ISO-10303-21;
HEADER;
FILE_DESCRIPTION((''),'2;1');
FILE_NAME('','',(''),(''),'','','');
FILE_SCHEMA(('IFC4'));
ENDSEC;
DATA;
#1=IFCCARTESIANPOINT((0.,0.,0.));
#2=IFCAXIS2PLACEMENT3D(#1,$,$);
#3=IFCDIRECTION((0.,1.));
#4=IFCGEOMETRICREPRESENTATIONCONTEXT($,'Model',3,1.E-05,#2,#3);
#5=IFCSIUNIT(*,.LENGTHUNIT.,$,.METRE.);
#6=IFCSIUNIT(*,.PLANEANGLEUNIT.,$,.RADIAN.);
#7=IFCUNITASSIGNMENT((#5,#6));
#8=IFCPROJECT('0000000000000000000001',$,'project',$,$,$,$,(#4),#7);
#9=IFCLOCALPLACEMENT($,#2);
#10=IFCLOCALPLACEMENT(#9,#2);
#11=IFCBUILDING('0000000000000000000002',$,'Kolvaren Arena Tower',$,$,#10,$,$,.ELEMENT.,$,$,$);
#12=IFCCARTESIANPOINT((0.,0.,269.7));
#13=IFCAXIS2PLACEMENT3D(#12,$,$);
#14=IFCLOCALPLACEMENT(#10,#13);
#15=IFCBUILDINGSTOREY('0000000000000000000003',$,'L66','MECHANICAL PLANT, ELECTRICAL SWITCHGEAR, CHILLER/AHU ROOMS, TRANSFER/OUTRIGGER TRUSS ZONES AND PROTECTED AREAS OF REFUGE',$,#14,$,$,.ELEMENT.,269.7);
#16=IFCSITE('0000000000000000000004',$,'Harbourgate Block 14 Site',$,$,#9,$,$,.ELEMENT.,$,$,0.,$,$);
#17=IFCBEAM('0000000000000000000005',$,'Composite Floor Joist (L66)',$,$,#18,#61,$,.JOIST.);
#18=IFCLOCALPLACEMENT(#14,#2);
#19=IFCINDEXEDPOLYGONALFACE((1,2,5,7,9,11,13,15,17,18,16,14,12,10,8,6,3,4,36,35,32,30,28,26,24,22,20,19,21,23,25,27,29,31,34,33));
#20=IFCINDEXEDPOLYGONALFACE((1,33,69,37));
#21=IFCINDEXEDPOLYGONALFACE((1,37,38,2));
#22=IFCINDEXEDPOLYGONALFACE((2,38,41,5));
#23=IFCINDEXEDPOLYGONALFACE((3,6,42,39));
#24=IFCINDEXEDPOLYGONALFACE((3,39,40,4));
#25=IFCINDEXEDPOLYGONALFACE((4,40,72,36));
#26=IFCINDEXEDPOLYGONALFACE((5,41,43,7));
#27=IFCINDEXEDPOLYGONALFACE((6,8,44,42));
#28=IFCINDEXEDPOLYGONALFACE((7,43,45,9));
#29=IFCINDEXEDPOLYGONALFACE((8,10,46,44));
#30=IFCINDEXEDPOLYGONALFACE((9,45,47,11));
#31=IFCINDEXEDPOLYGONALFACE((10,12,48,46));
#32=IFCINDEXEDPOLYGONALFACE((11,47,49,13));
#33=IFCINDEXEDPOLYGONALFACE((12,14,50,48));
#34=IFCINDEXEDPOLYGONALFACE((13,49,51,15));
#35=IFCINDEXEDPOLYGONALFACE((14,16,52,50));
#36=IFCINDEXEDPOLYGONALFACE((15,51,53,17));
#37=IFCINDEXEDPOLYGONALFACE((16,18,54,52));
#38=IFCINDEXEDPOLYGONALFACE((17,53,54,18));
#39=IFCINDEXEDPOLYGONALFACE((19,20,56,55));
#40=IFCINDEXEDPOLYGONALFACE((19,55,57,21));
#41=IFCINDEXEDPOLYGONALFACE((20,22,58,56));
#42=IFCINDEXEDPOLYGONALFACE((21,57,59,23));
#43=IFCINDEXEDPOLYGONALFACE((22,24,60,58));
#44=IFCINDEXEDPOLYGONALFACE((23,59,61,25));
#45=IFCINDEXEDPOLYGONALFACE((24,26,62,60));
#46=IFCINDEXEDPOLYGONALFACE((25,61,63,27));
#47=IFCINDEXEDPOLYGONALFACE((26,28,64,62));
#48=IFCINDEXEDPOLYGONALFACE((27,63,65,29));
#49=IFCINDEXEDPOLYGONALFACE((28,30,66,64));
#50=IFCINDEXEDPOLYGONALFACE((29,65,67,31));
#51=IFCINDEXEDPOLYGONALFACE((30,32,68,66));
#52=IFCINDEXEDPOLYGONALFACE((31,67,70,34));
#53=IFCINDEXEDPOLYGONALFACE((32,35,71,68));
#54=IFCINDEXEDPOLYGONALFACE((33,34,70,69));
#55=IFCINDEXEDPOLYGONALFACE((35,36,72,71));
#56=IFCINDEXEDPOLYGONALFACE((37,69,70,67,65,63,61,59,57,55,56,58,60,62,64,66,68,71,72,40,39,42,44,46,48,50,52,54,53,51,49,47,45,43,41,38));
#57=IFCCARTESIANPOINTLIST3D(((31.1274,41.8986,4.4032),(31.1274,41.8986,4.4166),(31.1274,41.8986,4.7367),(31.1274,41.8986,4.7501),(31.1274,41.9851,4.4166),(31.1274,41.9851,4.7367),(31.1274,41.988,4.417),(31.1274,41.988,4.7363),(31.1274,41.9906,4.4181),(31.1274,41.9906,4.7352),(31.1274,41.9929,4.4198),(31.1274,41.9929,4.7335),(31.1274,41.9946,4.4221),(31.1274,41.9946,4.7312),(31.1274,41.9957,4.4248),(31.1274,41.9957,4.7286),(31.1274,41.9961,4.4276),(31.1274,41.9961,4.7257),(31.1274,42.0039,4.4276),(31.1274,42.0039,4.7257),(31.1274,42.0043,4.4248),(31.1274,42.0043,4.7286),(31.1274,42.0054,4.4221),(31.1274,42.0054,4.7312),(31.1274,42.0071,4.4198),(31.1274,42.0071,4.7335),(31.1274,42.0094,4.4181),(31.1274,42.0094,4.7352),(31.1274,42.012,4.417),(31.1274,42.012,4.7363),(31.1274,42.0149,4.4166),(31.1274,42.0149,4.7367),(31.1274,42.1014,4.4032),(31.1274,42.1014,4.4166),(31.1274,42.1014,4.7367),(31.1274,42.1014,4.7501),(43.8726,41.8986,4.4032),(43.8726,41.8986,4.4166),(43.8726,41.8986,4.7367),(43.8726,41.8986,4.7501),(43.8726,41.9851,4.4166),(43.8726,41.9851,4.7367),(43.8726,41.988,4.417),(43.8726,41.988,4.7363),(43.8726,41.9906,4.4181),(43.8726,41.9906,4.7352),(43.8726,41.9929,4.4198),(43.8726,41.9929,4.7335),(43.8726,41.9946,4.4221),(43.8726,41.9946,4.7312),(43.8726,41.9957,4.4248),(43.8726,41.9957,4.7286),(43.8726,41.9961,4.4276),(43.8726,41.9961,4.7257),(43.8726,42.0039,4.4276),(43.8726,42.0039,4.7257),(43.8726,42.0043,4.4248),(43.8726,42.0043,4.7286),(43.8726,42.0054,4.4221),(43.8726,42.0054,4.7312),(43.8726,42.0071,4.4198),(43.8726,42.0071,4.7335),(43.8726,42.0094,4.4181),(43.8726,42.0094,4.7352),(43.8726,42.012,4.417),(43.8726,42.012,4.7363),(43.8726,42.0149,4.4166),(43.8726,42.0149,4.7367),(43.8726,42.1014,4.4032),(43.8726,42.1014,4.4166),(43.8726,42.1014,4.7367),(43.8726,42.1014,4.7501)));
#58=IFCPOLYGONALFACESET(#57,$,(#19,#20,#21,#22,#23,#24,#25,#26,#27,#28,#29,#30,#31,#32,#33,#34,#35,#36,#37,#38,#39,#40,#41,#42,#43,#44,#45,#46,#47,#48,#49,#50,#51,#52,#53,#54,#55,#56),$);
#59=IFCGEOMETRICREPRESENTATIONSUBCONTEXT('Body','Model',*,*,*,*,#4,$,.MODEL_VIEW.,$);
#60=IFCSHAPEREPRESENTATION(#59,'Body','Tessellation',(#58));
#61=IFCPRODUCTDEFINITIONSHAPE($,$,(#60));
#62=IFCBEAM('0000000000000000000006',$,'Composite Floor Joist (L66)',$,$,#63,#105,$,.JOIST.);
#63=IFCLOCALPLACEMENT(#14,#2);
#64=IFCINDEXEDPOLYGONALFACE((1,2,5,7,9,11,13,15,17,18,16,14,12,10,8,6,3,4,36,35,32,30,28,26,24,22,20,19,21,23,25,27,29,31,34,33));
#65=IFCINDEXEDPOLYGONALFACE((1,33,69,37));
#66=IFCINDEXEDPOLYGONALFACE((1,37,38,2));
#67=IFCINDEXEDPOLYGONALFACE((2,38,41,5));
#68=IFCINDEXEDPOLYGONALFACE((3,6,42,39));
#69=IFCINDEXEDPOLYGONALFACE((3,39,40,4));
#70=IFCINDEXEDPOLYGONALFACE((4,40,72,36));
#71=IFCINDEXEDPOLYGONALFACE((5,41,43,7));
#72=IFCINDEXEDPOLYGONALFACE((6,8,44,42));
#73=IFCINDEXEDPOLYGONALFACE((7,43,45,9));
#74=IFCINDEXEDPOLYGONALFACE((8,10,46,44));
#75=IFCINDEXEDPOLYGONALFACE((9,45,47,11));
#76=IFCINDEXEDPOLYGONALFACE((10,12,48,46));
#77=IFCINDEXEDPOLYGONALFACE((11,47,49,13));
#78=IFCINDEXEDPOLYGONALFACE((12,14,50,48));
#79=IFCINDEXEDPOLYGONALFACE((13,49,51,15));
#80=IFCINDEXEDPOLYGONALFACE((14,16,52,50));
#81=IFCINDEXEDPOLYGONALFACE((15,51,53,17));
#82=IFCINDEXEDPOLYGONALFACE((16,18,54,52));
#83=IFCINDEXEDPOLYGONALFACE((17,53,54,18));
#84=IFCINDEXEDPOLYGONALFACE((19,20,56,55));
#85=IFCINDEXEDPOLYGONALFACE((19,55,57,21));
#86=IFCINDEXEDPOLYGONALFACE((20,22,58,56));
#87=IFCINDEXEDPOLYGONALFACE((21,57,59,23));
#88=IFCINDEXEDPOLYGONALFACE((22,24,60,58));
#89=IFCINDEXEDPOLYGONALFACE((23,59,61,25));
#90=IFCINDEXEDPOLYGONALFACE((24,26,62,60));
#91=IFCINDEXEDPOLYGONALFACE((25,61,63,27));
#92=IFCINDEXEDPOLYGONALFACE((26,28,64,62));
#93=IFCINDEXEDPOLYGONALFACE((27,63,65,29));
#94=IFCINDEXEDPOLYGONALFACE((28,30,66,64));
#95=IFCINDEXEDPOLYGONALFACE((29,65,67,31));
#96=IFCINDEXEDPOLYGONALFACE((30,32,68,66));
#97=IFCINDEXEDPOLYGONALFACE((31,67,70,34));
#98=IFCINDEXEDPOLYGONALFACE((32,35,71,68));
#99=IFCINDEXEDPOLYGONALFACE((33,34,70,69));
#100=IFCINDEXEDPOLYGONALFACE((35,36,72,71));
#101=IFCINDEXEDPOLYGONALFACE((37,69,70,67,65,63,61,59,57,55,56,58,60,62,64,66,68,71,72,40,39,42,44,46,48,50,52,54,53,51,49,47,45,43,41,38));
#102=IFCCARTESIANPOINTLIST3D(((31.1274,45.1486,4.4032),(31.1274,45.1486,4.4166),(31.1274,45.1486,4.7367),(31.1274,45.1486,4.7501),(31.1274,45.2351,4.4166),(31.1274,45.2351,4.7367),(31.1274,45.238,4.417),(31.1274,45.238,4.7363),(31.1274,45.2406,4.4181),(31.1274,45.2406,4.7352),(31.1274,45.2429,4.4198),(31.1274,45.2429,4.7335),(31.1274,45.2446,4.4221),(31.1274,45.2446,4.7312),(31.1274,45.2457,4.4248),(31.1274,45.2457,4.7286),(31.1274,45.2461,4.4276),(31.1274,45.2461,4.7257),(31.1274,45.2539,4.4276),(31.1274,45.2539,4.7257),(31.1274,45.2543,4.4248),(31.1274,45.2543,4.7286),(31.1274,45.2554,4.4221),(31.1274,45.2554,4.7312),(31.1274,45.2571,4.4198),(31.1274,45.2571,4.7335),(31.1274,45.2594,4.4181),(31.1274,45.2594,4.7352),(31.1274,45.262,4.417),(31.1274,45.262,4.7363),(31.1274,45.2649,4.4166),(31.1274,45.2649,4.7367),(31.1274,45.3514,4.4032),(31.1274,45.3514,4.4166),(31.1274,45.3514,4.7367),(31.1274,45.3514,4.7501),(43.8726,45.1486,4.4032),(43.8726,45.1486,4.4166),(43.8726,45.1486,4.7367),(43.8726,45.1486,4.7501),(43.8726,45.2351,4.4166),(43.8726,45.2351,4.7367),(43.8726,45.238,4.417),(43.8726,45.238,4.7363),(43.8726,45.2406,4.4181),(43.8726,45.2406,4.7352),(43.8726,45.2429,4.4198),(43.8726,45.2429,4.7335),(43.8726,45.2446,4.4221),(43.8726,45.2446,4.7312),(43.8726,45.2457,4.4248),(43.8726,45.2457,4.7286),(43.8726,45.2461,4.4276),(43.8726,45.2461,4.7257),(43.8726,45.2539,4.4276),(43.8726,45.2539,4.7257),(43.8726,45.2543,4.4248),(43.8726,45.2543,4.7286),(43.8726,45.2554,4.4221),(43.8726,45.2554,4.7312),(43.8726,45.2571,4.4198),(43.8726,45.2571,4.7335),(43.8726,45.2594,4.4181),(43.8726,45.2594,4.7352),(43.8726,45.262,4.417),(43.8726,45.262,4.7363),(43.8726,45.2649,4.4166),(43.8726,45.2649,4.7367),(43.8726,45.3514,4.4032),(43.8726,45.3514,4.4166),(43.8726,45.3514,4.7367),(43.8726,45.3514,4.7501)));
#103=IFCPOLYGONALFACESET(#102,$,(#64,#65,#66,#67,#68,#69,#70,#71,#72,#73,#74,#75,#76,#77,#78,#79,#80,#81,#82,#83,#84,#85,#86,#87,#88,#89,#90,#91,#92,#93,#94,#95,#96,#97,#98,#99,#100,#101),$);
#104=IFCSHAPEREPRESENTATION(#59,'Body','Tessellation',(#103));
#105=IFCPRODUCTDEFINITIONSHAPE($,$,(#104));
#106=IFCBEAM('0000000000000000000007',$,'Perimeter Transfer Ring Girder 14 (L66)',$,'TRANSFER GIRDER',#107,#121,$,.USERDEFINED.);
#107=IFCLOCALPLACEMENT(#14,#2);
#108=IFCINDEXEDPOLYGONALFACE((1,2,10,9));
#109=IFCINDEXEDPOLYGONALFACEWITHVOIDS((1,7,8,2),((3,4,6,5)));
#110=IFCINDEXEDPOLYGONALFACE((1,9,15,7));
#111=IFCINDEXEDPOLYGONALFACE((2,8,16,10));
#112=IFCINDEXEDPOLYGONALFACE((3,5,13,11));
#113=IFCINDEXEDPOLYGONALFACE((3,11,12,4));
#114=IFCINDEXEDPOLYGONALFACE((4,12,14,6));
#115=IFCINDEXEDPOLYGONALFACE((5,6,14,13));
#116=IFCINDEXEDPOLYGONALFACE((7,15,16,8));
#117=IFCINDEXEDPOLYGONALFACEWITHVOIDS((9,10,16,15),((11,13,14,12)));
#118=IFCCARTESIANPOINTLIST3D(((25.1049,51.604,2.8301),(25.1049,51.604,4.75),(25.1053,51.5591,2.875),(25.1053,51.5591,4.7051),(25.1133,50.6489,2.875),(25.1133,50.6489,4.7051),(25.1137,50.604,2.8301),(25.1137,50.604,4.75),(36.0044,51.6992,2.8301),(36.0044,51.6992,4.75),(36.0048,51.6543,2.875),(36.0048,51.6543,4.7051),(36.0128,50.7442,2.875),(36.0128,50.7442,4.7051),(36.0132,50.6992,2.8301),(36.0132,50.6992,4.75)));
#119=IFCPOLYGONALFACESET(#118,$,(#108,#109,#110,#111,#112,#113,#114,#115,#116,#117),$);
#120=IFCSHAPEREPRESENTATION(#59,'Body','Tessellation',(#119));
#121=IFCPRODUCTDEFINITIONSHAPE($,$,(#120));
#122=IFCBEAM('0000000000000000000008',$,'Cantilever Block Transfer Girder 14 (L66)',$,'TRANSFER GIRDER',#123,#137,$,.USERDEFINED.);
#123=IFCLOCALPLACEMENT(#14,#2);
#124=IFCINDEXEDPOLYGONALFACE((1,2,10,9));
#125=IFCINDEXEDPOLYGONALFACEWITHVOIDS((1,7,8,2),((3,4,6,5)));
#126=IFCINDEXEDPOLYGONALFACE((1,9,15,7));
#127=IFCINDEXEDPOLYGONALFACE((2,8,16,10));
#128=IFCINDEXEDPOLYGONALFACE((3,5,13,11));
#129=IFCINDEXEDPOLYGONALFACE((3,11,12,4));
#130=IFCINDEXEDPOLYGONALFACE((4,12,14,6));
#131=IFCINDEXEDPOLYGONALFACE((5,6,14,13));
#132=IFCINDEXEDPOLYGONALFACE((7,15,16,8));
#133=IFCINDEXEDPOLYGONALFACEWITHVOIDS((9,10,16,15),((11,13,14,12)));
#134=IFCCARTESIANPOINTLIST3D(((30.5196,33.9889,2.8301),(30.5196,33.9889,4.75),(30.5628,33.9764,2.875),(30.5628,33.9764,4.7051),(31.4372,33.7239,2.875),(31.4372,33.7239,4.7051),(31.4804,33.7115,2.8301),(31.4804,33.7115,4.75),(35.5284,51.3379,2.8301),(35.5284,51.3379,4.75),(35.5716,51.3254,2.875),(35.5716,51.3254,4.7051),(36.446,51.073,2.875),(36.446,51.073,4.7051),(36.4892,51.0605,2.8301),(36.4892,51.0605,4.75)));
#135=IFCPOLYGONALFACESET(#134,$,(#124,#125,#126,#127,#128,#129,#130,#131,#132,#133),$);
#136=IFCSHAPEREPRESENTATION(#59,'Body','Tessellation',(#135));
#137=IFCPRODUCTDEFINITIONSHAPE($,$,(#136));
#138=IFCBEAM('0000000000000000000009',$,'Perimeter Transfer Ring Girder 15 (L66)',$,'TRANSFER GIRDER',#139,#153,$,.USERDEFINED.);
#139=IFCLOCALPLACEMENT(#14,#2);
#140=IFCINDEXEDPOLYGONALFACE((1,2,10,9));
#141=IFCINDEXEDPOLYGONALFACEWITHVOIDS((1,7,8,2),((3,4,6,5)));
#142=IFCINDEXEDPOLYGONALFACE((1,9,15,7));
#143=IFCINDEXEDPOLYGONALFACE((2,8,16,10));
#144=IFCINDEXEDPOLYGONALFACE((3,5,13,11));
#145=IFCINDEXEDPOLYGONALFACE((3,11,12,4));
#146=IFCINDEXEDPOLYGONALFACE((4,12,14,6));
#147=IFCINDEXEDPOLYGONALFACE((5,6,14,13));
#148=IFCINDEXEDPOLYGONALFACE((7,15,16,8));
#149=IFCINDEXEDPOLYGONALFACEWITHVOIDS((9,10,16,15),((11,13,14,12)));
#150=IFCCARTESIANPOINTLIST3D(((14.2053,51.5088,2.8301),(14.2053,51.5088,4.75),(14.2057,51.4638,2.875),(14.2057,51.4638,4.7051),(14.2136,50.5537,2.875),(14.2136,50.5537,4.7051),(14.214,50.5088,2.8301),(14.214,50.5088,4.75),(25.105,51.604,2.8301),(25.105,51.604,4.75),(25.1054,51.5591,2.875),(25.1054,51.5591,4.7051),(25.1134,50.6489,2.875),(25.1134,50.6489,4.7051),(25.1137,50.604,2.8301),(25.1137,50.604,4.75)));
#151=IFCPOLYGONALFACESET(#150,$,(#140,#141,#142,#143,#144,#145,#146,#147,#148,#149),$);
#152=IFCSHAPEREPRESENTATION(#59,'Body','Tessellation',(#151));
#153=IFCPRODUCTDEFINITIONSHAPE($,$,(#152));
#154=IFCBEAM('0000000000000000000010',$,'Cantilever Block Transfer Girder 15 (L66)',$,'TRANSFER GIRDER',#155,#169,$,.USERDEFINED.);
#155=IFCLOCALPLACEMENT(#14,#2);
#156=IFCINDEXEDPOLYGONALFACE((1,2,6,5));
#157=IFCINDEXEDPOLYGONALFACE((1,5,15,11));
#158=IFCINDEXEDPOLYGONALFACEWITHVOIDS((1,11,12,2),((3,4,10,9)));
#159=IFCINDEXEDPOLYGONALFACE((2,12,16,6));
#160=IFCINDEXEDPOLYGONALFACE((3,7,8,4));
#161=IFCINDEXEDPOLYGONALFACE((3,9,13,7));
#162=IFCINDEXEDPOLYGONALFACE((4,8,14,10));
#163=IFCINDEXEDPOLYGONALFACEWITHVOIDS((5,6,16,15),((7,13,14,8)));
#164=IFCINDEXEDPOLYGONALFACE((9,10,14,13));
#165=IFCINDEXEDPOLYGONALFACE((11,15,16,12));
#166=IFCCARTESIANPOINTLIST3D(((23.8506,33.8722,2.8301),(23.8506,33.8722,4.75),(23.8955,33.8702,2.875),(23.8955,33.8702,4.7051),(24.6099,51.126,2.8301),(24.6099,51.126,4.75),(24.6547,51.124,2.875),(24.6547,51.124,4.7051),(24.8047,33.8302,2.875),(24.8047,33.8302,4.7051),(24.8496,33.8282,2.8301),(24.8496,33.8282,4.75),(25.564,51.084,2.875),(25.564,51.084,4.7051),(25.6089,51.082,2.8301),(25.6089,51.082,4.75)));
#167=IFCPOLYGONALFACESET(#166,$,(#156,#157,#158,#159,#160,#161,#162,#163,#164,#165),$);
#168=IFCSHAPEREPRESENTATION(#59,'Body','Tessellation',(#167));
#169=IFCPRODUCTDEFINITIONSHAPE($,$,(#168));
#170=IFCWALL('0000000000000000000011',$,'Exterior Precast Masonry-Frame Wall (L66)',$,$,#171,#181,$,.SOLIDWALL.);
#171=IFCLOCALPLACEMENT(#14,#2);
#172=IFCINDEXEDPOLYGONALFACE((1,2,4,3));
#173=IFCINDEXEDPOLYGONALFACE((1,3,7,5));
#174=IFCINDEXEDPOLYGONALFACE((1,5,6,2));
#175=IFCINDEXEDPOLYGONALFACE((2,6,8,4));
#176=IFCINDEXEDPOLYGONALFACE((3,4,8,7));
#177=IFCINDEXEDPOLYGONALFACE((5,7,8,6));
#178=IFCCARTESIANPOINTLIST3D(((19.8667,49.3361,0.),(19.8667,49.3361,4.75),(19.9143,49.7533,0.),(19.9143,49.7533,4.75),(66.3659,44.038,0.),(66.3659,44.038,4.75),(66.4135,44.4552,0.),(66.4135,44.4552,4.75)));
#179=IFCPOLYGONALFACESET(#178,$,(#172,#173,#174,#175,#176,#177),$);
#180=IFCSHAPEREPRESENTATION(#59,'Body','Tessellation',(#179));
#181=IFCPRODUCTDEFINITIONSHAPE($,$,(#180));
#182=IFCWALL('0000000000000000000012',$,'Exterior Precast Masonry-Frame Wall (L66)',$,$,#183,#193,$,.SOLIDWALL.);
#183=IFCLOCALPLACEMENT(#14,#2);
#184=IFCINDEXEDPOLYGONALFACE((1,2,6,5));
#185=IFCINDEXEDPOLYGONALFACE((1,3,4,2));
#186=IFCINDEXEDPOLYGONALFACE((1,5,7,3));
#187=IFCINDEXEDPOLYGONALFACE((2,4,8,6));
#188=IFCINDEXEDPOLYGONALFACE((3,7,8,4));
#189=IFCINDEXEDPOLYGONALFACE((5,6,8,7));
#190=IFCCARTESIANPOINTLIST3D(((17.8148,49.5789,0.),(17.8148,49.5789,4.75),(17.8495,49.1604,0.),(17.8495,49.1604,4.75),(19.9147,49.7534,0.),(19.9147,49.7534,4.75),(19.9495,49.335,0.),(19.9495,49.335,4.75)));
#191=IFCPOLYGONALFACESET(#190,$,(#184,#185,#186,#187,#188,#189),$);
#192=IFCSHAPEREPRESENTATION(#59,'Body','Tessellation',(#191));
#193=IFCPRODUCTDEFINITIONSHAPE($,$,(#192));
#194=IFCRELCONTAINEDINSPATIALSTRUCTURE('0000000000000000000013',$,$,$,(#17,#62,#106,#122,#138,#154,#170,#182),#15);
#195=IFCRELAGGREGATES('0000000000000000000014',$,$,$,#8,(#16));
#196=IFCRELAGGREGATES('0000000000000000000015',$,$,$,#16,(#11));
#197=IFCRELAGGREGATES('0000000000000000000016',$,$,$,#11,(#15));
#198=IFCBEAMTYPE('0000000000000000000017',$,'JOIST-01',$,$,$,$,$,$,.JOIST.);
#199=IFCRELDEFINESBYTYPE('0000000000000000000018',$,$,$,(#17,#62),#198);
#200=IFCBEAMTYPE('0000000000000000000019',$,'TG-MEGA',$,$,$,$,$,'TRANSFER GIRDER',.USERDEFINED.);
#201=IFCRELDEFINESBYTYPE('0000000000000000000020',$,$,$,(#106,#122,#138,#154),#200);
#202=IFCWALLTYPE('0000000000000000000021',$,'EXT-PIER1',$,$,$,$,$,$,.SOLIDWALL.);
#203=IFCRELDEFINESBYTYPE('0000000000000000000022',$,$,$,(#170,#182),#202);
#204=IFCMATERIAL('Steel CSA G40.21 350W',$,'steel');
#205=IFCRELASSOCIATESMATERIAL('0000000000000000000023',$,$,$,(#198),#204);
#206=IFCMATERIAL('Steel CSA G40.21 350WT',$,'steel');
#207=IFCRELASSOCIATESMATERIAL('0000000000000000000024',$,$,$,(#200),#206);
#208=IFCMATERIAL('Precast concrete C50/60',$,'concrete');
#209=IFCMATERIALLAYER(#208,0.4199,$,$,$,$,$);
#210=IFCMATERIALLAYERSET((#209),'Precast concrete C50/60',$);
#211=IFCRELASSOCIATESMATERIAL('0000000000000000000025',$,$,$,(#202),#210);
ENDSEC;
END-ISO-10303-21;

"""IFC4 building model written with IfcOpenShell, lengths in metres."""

from ifc_helpers import new_model, si_unit, direction, frame, frame_2d, origin, origin_2d, place, context, subcontext, project, spatial, rectangle, hollow_rectangle, i_section, extrude, material, layer, layer_set, material_profile, profile_set, type_object, element, save


model = new_model("IFC4")

# Units and contexts
model_context = context("Model", 3, precision=1e-05, world=origin(), true_north=direction((0.0, 1.0)))
body_context = subcontext(model_context, "Body", "Model", "MODEL_VIEW")
ifc_project = project(units=[si_unit("LENGTHUNIT", "METRE"), si_unit("PLANEANGLEUNIT", "RADIAN")], contexts=[model_context])

# Site, building, storey
site_placement = place(None, origin())
site = spatial("IfcSite", under=ifc_project, at=site_placement, Name="Harbourgate Block 14 Site", CompositionType="ELEMENT", RefElevation=0.0)
building_placement = place(site_placement, origin())
building = spatial("IfcBuilding", under=site, at=building_placement, Name="Kolvaren Arena Tower", CompositionType="ELEMENT")
storey_placement = place(building_placement, frame((0.0, 0.0, 269.7)))
storey = spatial("IfcBuildingStorey", under=building, at=storey_placement, Name="L66", Description="MECHANICAL PLANT, ELECTRICAL SWITCHGEAR, CHILLER/AHU ROOMS, TRANSFER/OUTRIGGER TRUSS ZONES AND PROTECTED AREAS OF REFUGE", CompositionType="ELEMENT", Elevation=269.7)

# Beams
ifc_material_1 = material(Name="Steel CSA G40.21 350W", Category="steel")
ifc_material_profile_1 = material_profile(ifc_material_1, i_section(OverallWidth=0.2029, OverallDepth=0.3469, WebThickness=0.0078, FlangeThickness=0.0134, FilletRadius=0.011, at=origin_2d()), Name="W360x64")
ifc_profile_set_1 = profile_set([ifc_material_profile_1], Name="Steel CSA G40.21 350W")
beam_type_1 = type_object("IfcBeamType", Name="JOIST-01", PredefinedType="JOIST", material=ifc_profile_set_1)
for number, where, z_axis, x_axis, name in (
    (1, (31.1274, 42.0, 4.5767), (1.0, 0.0, 0.0), (0.0, 1.0, 0.0), "Composite Floor Joist (L66)"),
    (2, (31.1274, 45.25, 4.5767), (1.0, 0.0, 0.0), (0.0, 1.0, 0.0), "Composite Floor Joist (L66)"),
):
    element("IfcBeam", number, at=place(storey_placement, frame(where, z_axis=z_axis, x_axis=x_axis)), inside=storey, type_object=beam_type_1, Name=name, PredefinedType="JOIST", context=body_context, shape_type="SweptSolid", body=[
        extrude(i_section(OverallWidth=0.2029, OverallDepth=0.3469, WebThickness=0.0078, FlangeThickness=0.0134, FilletRadius=0.011, at=origin_2d()), origin(), (0.0, 0.0, 1.0), 12.7451),
    ])
ifc_material_2 = material(Name="Steel CSA G40.21 350WT", Category="steel")
ifc_material_profile_2 = material_profile(ifc_material_2, hollow_rectangle(XDim=1.0, YDim=1.9199, WallThickness=0.0449, at=origin_2d()), Name="BOX 1000x1920x45")
ifc_profile_set_2 = profile_set([ifc_material_profile_2], Name="Steel CSA G40.21 350WT")
beam_type_2 = type_object("IfcBeamType", Name="TG-MEGA", ElementType="TRANSFER GIRDER", PredefinedType="USERDEFINED", material=ifc_profile_set_2)
beam_1_placement = place(storey_placement, frame((36.0088, 51.1992, 3.79), z_axis=(-0.999962, -0.008735, 0.0), x_axis=(0.008735, -0.999962, 0.0)))
element("IfcBeam", 3, at=beam_1_placement, inside=storey, type_object=beam_type_2, Name="Perimeter Transfer Ring Girder 14 (L66)", ObjectType="TRANSFER GIRDER", PredefinedType="USERDEFINED", context=body_context, shape_type="SweptSolid", body=[
    extrude(hollow_rectangle(XDim=1.0, YDim=1.9199, WallThickness=0.0449, at=origin_2d()), origin(), (0.0, 0.0, 1.0), 10.8999),
])
beam_2_placement = place(storey_placement, frame((36.0088, 51.1992, 3.79), z_axis=(-0.277377, -0.960761, 0.0), x_axis=(0.960761, -0.277377, 0.0)))
element("IfcBeam", 4, at=beam_2_placement, inside=storey, type_object=beam_type_2, Name="Cantilever Block Transfer Girder 14 (L66)", ObjectType="TRANSFER GIRDER", PredefinedType="USERDEFINED", context=body_context, shape_type="SweptSolid", body=[
    extrude(hollow_rectangle(XDim=1.0, YDim=1.9199, WallThickness=0.0449, at=origin_2d()), origin(), (0.0, 0.0, 1.0), 18.0576),
])
beam_3_placement = place(storey_placement, frame((25.1094, 51.104, 3.79), z_axis=(-0.999962, -0.008735, 0.0), x_axis=(0.008735, -0.999962, 0.0)))
element("IfcBeam", 5, at=beam_3_placement, inside=storey, type_object=beam_type_2, Name="Perimeter Transfer Ring Girder 15 (L66)", ObjectType="TRANSFER GIRDER", PredefinedType="USERDEFINED", context=body_context, shape_type="SweptSolid", body=[
    extrude(hollow_rectangle(XDim=1.0, YDim=1.9199, WallThickness=0.0449, at=origin_2d()), origin(), (0.0, 0.0, 1.0), 10.9001),
])
beam_4_placement = place(storey_placement, frame((25.1094, 51.104, 3.79), z_axis=(-0.043964, -0.999033, 0.0), x_axis=(0.999033, -0.043964, 0.0)))
element("IfcBeam", 6, at=beam_4_placement, inside=storey, type_object=beam_type_2, Name="Cantilever Block Transfer Girder 15 (L66)", ObjectType="TRANSFER GIRDER", PredefinedType="USERDEFINED", context=body_context, shape_type="SweptSolid", body=[
    extrude(hollow_rectangle(XDim=1.0, YDim=1.9199, WallThickness=0.0449, at=origin_2d()), origin(), (0.0, 0.0, 1.0), 17.2705),
])

# Walls
ifc_material_3 = material(Name="Precast concrete C50/60", Category="concrete")
ifc_layer_1 = layer(ifc_material_3, 0.4199)
ifc_layer_set_1 = layer_set([ifc_layer_1], Name="Precast concrete C50/60")
wall_type_1 = type_object("IfcWallType", Name="EXT-PIER1", PredefinedType="SOLIDWALL", material=ifc_layer_set_1)
wall_1_placement = place(storey_placement, frame((19.8906, 49.5447, 0.0), z_axis=(0.0, 0.0, 1.0), x_axis=(0.993571, -0.113207, 0.0)))
element("IfcWall", 7, at=wall_1_placement, inside=storey, type_object=wall_type_1, Name="Exterior Precast Masonry-Frame Wall (L66)", PredefinedType="SOLIDWALL", context=body_context, shape_type="SweptSolid", body=[
    extrude(rectangle(XDim=46.8, YDim=0.4199, at=frame_2d((23.3999, 0.0))), origin(), (0.0, 0.0, 1.0), 4.75),
])
wall_2_placement = place(storey_placement, frame((17.832, 49.3696, 0.0), z_axis=(0.0, 0.0, 1.0), x_axis=(0.996563, 0.082844, 0.0)))
element("IfcWall", 8, at=wall_2_placement, inside=storey, type_object=wall_type_1, Name="Exterior Precast Masonry-Frame Wall (L66)", PredefinedType="SOLIDWALL", context=body_context, shape_type="SweptSolid", body=[
    extrude(rectangle(XDim=2.1072, YDim=0.4199, at=frame_2d((1.0537, 0.0))), origin(), (0.0, 0.0, 1.0), 4.75),
])

save(model, "model.ifc")
